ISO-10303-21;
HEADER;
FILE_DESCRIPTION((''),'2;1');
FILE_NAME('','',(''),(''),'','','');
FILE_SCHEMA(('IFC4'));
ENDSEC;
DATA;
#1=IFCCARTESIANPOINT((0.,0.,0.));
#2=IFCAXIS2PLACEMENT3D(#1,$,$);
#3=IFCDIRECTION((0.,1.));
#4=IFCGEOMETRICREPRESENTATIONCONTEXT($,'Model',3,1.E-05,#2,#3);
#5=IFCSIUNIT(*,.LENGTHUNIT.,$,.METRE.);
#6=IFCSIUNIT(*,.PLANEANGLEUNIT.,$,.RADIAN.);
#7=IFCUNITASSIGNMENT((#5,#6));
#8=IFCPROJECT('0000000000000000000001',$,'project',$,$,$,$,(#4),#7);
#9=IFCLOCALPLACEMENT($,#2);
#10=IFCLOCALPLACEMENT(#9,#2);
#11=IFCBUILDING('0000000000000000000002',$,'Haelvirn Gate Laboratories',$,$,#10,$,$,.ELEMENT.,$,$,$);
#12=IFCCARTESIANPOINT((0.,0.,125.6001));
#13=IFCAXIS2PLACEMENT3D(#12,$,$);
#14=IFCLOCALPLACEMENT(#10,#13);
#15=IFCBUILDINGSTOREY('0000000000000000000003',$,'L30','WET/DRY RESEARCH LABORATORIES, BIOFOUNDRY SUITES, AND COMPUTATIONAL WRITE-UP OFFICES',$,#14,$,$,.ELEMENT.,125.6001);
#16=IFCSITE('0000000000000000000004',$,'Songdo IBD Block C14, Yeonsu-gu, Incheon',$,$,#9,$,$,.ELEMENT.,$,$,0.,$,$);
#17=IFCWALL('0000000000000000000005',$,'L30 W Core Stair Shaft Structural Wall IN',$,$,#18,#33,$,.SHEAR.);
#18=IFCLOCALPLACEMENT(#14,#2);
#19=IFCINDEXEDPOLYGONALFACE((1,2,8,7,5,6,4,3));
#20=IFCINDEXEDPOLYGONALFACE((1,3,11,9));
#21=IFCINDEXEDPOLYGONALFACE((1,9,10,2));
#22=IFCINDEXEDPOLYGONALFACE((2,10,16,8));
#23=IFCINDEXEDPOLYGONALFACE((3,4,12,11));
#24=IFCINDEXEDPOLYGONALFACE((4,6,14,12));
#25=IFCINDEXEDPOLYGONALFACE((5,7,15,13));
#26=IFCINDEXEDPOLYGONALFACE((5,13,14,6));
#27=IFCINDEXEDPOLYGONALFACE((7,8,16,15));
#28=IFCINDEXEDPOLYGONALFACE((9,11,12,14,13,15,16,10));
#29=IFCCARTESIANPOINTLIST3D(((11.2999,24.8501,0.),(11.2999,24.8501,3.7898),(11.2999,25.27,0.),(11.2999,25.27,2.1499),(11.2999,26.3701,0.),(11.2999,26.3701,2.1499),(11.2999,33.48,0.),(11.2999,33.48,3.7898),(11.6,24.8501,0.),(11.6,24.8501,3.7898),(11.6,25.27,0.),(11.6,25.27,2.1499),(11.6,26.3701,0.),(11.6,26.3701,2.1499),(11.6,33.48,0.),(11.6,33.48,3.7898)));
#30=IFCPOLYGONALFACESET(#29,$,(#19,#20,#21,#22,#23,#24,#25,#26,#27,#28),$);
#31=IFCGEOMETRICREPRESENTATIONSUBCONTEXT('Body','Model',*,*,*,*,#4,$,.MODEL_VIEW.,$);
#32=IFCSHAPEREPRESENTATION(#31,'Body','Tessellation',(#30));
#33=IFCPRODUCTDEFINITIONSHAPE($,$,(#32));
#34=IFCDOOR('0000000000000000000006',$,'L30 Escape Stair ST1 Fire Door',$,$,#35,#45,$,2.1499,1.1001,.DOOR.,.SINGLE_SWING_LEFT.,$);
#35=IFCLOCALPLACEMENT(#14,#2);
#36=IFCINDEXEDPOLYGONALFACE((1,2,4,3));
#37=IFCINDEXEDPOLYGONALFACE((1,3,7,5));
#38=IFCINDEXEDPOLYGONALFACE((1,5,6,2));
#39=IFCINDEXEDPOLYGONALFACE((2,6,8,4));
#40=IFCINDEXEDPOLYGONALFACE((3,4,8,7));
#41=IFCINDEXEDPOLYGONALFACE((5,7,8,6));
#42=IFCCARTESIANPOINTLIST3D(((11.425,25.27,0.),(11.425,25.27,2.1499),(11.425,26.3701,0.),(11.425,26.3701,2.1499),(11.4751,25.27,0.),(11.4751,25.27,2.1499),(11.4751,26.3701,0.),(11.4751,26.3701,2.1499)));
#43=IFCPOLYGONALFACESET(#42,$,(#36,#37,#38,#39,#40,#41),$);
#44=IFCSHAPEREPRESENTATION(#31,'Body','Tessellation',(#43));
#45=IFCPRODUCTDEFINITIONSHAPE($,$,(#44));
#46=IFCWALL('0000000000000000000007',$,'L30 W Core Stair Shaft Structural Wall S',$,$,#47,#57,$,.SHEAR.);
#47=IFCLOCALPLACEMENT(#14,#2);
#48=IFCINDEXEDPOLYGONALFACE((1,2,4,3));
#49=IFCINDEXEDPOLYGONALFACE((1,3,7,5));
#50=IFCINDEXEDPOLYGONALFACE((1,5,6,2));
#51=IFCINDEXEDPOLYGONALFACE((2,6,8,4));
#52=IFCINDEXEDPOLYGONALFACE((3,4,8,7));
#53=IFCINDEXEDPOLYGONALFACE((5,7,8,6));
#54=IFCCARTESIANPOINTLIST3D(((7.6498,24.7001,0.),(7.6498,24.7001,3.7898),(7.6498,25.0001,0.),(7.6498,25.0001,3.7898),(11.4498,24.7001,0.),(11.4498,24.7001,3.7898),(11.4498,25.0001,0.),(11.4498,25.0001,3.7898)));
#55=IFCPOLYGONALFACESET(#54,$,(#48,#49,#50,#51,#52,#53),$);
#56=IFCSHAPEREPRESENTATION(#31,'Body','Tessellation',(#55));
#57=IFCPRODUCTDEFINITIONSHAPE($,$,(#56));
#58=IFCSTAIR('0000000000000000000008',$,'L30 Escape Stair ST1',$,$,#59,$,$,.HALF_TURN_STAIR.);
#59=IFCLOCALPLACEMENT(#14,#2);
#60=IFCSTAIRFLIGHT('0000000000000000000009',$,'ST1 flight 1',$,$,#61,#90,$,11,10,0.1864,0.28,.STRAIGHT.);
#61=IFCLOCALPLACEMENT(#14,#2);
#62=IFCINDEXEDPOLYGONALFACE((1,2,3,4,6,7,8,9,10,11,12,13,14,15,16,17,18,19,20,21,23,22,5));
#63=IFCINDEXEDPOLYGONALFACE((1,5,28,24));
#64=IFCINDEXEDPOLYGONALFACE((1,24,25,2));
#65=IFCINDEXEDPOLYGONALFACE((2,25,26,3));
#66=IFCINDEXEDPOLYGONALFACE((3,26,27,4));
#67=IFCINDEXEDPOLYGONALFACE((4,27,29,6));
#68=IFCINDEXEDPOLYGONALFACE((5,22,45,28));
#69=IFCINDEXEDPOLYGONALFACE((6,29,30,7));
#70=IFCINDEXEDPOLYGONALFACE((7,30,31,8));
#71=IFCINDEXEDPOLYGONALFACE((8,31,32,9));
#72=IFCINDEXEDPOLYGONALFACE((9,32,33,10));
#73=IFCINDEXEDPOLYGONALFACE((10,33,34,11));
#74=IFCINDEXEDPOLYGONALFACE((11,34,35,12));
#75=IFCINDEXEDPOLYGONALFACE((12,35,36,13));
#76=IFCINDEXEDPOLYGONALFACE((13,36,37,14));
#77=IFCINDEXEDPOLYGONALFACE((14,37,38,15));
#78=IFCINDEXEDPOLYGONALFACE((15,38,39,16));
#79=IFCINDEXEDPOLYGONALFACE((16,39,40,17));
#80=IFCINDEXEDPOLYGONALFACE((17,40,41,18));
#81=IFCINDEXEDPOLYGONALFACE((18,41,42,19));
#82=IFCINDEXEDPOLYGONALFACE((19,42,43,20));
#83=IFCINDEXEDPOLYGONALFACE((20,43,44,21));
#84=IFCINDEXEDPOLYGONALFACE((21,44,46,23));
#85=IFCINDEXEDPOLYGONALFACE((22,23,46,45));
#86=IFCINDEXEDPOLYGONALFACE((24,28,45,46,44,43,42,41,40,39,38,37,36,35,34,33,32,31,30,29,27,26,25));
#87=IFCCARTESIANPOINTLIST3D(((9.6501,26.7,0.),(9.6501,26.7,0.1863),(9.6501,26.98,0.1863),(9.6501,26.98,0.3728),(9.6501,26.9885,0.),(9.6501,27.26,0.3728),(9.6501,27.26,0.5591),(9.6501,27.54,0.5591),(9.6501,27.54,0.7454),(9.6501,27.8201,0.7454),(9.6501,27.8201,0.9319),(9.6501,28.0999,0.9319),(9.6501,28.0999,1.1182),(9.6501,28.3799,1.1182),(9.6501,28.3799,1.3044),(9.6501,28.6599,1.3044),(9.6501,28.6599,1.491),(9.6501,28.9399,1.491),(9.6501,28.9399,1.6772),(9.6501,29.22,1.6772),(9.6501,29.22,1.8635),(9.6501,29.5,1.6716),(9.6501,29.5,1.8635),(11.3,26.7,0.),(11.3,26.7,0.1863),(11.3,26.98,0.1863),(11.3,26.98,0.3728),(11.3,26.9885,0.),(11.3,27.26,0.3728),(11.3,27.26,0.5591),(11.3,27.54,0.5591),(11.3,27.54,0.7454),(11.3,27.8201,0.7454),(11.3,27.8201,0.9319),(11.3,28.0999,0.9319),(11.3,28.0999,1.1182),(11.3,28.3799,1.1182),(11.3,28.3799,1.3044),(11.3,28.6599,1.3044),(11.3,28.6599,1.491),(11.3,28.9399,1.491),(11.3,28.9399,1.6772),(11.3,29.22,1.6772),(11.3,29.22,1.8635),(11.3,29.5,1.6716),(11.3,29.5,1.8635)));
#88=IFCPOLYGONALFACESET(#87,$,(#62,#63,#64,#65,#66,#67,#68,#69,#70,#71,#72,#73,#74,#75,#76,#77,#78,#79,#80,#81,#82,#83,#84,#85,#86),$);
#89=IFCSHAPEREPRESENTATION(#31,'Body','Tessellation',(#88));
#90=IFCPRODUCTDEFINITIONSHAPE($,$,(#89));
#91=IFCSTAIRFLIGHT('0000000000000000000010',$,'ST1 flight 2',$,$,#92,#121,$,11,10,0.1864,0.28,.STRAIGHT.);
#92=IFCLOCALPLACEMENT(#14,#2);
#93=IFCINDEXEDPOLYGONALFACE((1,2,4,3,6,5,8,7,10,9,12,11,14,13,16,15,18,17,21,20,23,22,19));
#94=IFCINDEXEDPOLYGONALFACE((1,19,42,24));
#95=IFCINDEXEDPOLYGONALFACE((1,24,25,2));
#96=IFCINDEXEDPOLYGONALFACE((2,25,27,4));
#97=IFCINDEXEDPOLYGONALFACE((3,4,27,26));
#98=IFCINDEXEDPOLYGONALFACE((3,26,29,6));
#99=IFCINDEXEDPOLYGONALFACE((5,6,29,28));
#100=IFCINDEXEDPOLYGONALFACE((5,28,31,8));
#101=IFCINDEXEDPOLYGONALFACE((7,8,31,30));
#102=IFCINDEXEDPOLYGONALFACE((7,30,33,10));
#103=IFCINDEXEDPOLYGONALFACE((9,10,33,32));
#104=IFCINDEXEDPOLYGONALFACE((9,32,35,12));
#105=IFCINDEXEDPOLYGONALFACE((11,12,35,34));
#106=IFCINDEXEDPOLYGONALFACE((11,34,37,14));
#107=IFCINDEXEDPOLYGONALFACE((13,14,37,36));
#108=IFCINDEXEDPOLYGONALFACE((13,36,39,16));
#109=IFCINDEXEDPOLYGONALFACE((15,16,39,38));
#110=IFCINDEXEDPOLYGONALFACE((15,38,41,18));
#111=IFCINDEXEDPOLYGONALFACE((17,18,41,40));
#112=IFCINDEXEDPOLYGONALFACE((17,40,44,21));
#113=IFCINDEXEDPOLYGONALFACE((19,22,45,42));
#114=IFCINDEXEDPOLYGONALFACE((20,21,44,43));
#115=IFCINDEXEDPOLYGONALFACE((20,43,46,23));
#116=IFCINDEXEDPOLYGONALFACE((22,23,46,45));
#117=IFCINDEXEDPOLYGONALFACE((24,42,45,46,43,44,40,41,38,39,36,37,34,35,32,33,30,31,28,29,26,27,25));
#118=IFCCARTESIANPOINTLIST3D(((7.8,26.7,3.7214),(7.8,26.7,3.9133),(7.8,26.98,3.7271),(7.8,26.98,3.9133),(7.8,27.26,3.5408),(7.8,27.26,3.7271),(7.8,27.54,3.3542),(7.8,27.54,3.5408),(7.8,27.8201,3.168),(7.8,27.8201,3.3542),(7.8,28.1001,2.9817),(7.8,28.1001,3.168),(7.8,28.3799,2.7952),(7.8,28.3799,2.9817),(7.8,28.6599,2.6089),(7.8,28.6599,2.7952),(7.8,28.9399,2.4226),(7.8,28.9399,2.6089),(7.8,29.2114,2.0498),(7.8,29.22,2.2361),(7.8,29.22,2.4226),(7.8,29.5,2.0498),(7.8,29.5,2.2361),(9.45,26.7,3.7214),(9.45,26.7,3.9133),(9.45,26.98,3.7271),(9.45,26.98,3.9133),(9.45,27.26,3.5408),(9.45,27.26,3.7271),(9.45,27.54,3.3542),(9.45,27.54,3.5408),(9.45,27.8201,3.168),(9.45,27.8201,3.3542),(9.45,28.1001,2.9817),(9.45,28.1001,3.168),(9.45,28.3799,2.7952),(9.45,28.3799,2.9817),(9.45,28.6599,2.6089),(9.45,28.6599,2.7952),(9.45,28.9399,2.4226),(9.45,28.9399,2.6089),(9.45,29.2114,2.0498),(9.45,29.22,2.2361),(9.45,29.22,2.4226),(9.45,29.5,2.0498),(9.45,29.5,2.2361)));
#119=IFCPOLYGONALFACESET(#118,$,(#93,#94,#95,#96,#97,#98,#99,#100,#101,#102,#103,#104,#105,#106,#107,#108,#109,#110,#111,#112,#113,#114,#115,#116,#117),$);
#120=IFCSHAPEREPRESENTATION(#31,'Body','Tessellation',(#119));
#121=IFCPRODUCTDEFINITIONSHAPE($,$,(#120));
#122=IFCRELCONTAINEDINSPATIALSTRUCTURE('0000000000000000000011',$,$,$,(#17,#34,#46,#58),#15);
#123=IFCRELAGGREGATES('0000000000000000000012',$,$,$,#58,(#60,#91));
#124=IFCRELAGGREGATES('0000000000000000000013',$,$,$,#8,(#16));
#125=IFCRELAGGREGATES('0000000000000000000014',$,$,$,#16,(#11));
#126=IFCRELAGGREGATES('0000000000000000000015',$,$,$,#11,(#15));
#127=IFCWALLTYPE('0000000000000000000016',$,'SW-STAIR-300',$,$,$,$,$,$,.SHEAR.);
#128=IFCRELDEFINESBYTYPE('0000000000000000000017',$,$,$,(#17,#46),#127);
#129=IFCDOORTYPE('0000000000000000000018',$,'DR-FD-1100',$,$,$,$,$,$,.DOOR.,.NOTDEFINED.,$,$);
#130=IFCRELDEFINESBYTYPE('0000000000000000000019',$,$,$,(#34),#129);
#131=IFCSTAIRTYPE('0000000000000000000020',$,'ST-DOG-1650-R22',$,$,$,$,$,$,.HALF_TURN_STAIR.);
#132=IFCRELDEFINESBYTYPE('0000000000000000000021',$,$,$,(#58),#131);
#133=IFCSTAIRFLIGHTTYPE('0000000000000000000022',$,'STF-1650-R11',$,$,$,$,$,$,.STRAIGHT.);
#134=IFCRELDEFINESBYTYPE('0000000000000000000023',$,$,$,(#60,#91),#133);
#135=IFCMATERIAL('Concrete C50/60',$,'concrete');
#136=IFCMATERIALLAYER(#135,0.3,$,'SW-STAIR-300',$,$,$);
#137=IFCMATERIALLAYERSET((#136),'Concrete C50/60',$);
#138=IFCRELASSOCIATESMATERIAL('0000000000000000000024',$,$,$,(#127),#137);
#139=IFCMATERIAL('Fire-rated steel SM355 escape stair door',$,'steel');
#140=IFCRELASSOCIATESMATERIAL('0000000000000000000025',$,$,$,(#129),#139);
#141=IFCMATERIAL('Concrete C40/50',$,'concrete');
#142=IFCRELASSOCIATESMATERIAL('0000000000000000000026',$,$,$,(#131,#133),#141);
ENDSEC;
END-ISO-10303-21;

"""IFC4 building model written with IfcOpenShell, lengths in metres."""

from ifc_helpers import new_model, si_unit, direction, frame, frame_2d, origin, place, context, subcontext, project, spatial, polyline, rectangle, outline, extrude, source, transform, mapped, material, layer, layer_set, type_object, type_shapes, element, fill, aggregate, save


model = new_model("IFC4")

# Units and contexts
model_context = context("Model", 3, precision=1e-05, world=origin(), true_north=direction((0.0, 1.0)))
body_context = subcontext(model_context, "Body", "Model", "MODEL_VIEW")
ifc_project = project(units=[si_unit("LENGTHUNIT", "METRE"), si_unit("PLANEANGLEUNIT", "RADIAN")], contexts=[model_context])

# Site, building, storey
site_placement = place(None, origin())
site = spatial("IfcSite", under=ifc_project, at=site_placement, Name="Songdo IBD Block C14, Yeonsu-gu, Incheon", CompositionType="ELEMENT", RefElevation=0.0)
building_placement = place(site_placement, origin())
building = spatial("IfcBuilding", under=site, at=building_placement, Name="Haelvirn Gate Laboratories", CompositionType="ELEMENT")
storey_placement = place(building_placement, frame((0.0, 0.0, 125.6001)))
storey = spatial("IfcBuildingStorey", under=building, at=storey_placement, Name="L30", Description="WET/DRY RESEARCH LABORATORIES, BIOFOUNDRY SUITES, AND COMPUTATIONAL WRITE-UP OFFICES", CompositionType="ELEMENT", Elevation=125.6001)

# Shared definitions
ifc_material_1 = material(Name="Concrete C40/50", Category="concrete")

# Shared definitions
ifc_material_2 = material(Name="Concrete C50/60", Category="concrete")

# Wall, opening, door
ifc_layer_1 = layer(ifc_material_2, 0.3, Name="SW-STAIR-300")
ifc_layer_set_1 = layer_set([ifc_layer_1], Name="Concrete C50/60")
wall_type_1 = type_object("IfcWallType", Name="SW-STAIR-300", PredefinedType="SHEAR", material=ifc_layer_set_1)
wall_1_placement = place(storey_placement, frame((11.45, 24.8501, 0.0), z_axis=(0.0, 0.0, 1.0), x_axis=(0.0, 1.0, 0.0)))
wall_1 = element("IfcWall", 1, at=wall_1_placement, inside=storey, type_object=wall_type_1, Name="L30 W Core Stair Shaft Structural Wall IN", PredefinedType="SHEAR", context=body_context, shape_type="SweptSolid", body=[
    extrude(rectangle(XDim=8.6299, YDim=0.3, at=frame_2d((4.3149, 0.0))), origin(), (0.0, 0.0, 1.0), 3.7898),
])
opening_1_placement = place(wall_1_placement, frame((0.4199, 0.0, 0.0)))
opening_1 = element("IfcOpeningElement", 2, at=opening_1_placement, cuts=wall_1, PredefinedType="OPENING", context=body_context, shape_type="SweptSolid", body=[
    extrude(rectangle(XDim=1.1001, YDim=2.1499, at=frame_2d((0.55, 1.075))), frame((0.0, 0.1602, 0.0), z_axis=(0.0, -1.0, 0.0), x_axis=(1.0, 0.0, 0.0)), (0.0, 0.0, 1.0), 0.3201),
])
ifc_material_3 = material(Name="Fire-rated steel SM355 escape stair door", Category="steel")
door_type_1 = type_object("IfcDoorType", Name="DR-FD-1100", OperationType="NOTDEFINED", PredefinedType="DOOR", material=ifc_material_3)
shared_shape_1 = source(origin(), body_context, "Body", "SweptSolid", [
    extrude(rectangle(XDim=1.1001, YDim=2.1499, at=frame_2d((0.55, 1.075))), frame((0.0, 0.0249, 0.0), z_axis=(0.0, -1.0, 0.0), x_axis=(1.0, 0.0, 0.0)), (0.0, 0.0, 1.0), 0.05),
])
type_shapes(door_type_1, [shared_shape_1])
door_1_placement = place(opening_1_placement, origin())
door_1 = element("IfcDoor", 3, at=door_1_placement, inside=storey, type_object=door_type_1, Name="L30 Escape Stair ST1 Fire Door", OperationType="SINGLE_SWING_LEFT", OverallHeight=2.1499, OverallWidth=1.1001, PredefinedType="DOOR", context=body_context, shape_type="MappedRepresentation", body=[
    mapped(shared_shape_1, transform((0.0, 0.0, 0.0), scale=1.0)),
])
fill(opening_1, door_1)

# Wall
wall_2_placement = place(storey_placement, frame((7.6499, 24.8501, 0.0), z_axis=(0.0, 0.0, 1.0), x_axis=(1.0, 0.0, 0.0)))
element("IfcWall", 4, at=wall_2_placement, inside=storey, type_object=wall_type_1, Name="L30 W Core Stair Shaft Structural Wall S", PredefinedType="SHEAR", context=body_context, shape_type="SweptSolid", body=[
    extrude(rectangle(XDim=3.8, YDim=0.3, at=frame_2d((1.8999, 0.0))), origin(), (0.0, 0.0, 1.0), 3.7898),
])

# Stair, stair flights
stair_type = type_object("IfcStairType", Name="ST-DOG-1650-R22", PredefinedType="HALF_TURN_STAIR", material=ifc_material_1)
stair_placement = place(storey_placement, origin())
stair = element("IfcStair", 5, at=stair_placement, inside=storey, type_object=stair_type, Name="L30 Escape Stair ST1", PredefinedType="HALF_TURN_STAIR")
stair_flight_type = type_object("IfcStairFlightType", Name="STF-1650-R11", PredefinedType="STRAIGHT", material=ifc_material_1)
shared_shape_2 = source(origin(), body_context, "Body", "SweptSolid", [
    extrude(outline(polyline([(0.0, 0.0), (0.0, 0.1863), (0.28, 0.1863), (0.28, 0.3728), (0.5601, 0.3728), (0.5601, 0.5591), (0.8401, 0.5591), (0.8401, 0.7454), (1.1201, 0.7454), (1.1201, 0.9319), (1.3999, 0.9319), (1.3999, 1.1182), (1.6799, 1.1182), (1.6799, 1.3044), (1.96, 1.3044), (1.96, 1.491), (2.24, 1.491), (2.24, 1.6772), (2.52, 1.6772), (2.52, 1.8635), (2.8, 1.8635), (2.8, 2.05), (2.8, 1.6716), (0.2886, 0.0), (0.0, 0.0)])), frame((0.0, 0.825, 0.0), z_axis=(0.0, -1.0, 0.0), x_axis=(1.0, 0.0, 0.0)), (0.0, 0.0, 1.0), 1.6499),
])
type_shapes(stair_flight_type, [shared_shape_2])
stair_flight_1_placement = place(storey_placement, frame((10.4751, 26.7, 0.0), z_axis=(0.0, 0.0, 1.0), x_axis=(0.0, 1.0, 0.0)))
stair_flight_1 = element("IfcStairFlight", 6, at=stair_flight_1_placement, type_object=stair_flight_type, Name="ST1 flight 1", NumberOfRisers=11, NumberOfTreads=10, PredefinedType="STRAIGHT", RiserHeight=0.1864, TreadLength=0.28, context=body_context, shape_type="MappedRepresentation", body=[
    mapped(shared_shape_2, transform((0.0, 0.0, 0.0), scale=1.0)),
])
stair_flight_2_placement = place(storey_placement, frame((8.625, 29.5, 2.0498), z_axis=(0.0, 0.0, 1.0), x_axis=(0.0, -1.0, 0.0)))
stair_flight_2 = element("IfcStairFlight", 7, at=stair_flight_2_placement, type_object=stair_flight_type, Name="ST1 flight 2", NumberOfRisers=11, NumberOfTreads=10, PredefinedType="STRAIGHT", RiserHeight=0.1864, TreadLength=0.28, context=body_context, shape_type="MappedRepresentation", body=[
    mapped(shared_shape_2, transform((0.0, 0.0, 0.0), scale=1.0)),
])
aggregate(stair, [stair_flight_1, stair_flight_2])

save(model, "model.ifc")
